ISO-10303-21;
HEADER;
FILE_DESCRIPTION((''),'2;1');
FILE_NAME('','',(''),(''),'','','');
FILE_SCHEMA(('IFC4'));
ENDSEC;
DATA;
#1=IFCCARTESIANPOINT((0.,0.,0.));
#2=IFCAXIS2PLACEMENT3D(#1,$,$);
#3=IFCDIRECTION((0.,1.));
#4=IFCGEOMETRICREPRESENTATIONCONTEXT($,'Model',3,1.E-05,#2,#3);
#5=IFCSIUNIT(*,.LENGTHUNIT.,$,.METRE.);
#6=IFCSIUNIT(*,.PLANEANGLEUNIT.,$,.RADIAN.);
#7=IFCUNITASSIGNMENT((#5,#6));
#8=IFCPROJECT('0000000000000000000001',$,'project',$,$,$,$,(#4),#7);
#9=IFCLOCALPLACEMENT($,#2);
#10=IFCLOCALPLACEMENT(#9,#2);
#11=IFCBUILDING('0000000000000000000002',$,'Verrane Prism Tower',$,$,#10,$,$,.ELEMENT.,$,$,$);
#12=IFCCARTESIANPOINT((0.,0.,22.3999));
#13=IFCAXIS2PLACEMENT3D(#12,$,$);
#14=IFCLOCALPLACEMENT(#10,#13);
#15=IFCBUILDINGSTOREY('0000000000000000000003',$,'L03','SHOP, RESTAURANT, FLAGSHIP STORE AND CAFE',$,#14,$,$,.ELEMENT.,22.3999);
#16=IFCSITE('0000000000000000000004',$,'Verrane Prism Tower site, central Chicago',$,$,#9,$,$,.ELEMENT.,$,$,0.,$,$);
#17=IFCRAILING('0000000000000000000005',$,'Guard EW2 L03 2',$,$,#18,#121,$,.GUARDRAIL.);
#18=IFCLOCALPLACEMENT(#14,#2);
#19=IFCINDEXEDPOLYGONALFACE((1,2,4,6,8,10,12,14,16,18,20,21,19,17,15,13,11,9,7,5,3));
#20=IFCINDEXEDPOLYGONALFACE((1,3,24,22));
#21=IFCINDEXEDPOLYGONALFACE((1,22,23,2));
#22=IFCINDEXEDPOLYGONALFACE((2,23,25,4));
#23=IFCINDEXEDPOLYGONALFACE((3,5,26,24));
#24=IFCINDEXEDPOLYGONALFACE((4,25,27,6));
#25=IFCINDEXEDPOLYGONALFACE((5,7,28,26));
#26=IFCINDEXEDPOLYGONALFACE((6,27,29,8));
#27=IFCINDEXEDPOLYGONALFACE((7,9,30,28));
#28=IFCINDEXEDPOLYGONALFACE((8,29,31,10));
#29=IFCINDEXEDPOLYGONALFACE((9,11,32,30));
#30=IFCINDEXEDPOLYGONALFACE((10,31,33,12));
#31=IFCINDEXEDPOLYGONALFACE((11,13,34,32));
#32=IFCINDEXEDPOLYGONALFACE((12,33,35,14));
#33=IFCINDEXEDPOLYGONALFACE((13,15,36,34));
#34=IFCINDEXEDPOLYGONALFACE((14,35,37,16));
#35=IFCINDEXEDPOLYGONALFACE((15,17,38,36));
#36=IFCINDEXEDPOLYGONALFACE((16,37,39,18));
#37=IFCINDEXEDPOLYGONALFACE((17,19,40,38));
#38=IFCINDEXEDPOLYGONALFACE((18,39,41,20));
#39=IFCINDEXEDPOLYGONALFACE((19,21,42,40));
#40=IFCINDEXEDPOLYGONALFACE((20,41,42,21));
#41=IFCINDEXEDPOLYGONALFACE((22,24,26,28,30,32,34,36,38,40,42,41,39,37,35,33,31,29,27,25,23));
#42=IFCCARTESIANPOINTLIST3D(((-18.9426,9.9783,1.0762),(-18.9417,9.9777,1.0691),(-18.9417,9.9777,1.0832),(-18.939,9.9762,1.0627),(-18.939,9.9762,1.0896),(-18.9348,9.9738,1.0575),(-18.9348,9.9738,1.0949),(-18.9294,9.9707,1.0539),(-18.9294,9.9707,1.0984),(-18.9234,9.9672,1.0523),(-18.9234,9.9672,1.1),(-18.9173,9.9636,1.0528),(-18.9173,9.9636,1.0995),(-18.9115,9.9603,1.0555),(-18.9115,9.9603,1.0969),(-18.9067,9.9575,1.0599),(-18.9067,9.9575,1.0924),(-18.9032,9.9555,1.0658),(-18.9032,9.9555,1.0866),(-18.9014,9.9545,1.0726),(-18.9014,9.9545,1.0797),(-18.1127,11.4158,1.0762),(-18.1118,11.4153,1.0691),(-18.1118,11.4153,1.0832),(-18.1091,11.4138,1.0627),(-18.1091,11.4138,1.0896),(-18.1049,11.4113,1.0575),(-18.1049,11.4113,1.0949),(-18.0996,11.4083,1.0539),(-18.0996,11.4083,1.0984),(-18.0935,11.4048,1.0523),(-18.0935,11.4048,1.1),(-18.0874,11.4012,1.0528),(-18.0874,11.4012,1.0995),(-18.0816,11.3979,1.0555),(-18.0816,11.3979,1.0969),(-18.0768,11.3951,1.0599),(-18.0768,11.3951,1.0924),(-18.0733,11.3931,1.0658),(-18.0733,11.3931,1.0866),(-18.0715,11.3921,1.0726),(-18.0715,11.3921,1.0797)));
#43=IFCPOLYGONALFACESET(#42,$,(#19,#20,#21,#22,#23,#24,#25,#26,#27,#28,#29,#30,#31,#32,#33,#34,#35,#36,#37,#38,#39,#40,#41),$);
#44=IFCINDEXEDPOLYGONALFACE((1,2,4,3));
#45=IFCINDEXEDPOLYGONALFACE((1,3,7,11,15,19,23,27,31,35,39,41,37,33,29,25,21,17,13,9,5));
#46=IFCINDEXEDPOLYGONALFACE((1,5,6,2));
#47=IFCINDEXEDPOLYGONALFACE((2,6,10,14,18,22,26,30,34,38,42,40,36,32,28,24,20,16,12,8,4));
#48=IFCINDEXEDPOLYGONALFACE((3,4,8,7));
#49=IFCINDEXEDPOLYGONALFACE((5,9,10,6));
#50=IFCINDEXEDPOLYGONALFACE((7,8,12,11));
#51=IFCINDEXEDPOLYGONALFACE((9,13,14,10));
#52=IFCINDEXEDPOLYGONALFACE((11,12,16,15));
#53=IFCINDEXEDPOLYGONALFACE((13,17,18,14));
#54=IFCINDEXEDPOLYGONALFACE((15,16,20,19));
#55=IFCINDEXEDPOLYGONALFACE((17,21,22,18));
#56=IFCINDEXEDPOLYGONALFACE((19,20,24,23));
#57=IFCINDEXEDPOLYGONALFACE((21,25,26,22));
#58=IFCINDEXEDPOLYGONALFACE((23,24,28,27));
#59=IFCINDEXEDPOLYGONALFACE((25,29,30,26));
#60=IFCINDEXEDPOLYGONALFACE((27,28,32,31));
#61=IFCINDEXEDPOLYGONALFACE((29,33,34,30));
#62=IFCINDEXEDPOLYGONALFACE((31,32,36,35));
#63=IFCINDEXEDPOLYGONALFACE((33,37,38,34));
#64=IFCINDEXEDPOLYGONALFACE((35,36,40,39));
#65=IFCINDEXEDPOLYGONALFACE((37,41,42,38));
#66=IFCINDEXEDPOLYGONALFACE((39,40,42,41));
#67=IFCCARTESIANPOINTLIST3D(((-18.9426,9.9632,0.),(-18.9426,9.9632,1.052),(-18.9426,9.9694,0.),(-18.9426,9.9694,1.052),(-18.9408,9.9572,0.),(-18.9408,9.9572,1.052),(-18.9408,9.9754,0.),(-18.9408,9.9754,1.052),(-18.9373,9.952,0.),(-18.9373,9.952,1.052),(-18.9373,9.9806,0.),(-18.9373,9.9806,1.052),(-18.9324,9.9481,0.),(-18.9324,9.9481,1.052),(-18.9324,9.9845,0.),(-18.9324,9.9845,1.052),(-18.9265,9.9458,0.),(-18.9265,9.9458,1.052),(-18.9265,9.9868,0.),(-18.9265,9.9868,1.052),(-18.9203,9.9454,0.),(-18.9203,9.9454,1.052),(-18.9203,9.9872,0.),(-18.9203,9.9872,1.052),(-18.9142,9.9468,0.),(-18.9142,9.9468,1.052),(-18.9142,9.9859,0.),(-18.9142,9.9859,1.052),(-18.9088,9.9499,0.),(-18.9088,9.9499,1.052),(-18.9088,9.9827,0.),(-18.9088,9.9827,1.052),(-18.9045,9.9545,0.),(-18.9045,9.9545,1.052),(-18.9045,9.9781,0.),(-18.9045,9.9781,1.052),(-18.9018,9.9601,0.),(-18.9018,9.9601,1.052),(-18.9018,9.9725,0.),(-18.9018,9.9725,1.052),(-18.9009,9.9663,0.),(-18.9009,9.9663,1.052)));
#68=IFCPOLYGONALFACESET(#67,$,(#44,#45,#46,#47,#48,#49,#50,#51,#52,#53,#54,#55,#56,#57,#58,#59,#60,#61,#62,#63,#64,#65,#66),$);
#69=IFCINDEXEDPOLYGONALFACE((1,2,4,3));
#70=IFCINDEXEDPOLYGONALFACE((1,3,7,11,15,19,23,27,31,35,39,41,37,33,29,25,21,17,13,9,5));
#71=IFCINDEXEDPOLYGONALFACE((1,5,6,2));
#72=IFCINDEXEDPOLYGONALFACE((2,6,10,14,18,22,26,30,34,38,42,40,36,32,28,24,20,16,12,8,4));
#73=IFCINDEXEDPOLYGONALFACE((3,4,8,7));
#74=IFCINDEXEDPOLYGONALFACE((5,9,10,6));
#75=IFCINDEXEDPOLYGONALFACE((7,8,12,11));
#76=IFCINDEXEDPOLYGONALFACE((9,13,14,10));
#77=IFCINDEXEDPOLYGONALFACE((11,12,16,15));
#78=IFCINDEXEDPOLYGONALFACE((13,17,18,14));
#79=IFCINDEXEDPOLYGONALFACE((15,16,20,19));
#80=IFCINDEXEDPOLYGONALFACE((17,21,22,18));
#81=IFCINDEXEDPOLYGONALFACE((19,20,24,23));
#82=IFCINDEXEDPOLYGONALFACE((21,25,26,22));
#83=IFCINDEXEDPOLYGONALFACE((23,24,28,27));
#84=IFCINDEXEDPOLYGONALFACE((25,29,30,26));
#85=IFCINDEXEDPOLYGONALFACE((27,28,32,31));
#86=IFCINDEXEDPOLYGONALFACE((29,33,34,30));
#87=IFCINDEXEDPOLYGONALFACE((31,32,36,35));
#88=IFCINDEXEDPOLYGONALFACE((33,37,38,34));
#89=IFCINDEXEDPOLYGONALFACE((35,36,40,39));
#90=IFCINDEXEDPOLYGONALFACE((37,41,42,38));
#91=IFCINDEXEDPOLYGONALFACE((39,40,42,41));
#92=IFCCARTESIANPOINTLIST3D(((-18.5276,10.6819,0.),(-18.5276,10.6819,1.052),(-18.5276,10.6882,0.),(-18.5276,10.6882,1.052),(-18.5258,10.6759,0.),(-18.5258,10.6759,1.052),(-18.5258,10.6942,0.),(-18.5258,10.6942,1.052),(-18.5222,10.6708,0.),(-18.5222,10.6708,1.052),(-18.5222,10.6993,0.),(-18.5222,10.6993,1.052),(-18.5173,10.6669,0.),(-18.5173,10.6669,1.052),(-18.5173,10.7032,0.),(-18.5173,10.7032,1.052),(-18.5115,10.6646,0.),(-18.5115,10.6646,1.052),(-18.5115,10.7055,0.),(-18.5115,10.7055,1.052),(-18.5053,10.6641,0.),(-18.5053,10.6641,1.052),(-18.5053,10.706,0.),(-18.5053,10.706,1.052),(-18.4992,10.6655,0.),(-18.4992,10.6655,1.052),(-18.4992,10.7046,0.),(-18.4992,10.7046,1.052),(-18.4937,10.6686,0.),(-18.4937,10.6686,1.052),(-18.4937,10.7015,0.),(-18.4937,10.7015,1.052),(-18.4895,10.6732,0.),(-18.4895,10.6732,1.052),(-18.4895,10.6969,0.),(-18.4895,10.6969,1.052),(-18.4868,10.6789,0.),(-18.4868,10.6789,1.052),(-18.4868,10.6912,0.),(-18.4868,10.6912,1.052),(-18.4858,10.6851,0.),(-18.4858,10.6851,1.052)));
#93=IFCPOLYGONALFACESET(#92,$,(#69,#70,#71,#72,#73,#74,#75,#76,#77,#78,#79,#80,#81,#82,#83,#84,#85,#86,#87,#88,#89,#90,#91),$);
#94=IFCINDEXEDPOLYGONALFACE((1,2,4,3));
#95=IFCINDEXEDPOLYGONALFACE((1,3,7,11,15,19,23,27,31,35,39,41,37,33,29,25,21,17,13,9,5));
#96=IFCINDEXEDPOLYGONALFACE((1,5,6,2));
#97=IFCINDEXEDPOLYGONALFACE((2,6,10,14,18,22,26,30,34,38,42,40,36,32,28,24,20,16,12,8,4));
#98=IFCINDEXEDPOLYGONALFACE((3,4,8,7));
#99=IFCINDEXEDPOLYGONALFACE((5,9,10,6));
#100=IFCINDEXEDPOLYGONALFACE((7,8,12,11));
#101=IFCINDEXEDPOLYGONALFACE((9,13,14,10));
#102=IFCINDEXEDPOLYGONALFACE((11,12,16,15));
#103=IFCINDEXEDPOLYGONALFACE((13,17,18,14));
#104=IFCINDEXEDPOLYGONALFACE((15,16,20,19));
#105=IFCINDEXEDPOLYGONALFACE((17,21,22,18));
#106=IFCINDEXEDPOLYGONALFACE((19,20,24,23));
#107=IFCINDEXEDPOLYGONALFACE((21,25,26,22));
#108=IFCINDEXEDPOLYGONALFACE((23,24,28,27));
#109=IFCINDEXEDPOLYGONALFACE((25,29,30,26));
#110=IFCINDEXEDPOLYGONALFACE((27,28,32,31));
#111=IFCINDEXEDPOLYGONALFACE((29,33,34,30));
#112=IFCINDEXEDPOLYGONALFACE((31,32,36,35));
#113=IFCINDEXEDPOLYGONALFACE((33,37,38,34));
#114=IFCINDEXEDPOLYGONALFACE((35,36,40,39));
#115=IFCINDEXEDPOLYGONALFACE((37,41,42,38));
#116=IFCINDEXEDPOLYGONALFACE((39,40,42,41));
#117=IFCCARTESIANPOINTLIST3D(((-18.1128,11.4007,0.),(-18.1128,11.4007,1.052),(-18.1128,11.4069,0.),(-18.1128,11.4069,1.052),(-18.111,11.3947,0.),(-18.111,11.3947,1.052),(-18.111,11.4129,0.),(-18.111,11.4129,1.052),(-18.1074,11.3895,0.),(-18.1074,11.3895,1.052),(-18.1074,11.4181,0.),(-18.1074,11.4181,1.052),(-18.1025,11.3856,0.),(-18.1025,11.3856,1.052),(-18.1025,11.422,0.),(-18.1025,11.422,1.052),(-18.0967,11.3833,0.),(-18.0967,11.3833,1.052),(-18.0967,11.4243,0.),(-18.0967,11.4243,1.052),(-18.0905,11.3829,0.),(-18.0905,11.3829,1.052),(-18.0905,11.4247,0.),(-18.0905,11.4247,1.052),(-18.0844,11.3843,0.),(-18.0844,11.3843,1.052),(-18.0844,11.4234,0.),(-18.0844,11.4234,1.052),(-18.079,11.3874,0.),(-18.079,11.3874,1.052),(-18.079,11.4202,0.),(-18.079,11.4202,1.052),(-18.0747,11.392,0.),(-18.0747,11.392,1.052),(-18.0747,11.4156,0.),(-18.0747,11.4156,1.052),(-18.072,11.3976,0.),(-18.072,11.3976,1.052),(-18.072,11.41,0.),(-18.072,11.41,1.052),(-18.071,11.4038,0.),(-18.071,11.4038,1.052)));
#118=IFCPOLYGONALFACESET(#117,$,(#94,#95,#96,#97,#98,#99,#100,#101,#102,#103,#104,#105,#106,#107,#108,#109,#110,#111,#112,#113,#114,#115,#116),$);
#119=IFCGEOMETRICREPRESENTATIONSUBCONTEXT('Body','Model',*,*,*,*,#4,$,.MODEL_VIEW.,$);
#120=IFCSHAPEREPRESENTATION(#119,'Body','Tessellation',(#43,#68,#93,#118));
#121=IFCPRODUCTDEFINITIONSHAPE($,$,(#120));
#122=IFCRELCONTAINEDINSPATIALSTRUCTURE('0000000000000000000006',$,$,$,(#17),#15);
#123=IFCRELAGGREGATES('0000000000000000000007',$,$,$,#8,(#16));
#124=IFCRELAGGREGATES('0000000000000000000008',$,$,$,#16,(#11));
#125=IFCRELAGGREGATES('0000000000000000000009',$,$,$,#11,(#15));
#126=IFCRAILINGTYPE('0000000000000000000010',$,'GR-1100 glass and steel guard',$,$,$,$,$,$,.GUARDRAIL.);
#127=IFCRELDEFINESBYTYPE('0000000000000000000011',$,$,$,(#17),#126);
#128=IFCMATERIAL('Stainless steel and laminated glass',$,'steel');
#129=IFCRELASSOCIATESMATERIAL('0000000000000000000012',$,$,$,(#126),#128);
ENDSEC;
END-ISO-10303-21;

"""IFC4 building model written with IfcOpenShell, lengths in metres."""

from ifc_helpers import new_model, si_unit, direction, frame, origin, origin_2d, place, context, subcontext, project, spatial, circle, extrude, material, type_object, element, save


model = new_model("IFC4")

# Units and contexts
model_context = context("Model", 3, precision=1e-05, world=origin(), true_north=direction((0.0, 1.0)))
body_context = subcontext(model_context, "Body", "Model", "MODEL_VIEW")
ifc_project = project(units=[si_unit("LENGTHUNIT", "METRE"), si_unit("PLANEANGLEUNIT", "RADIAN")], contexts=[model_context])

# Site, building, storey
site_placement = place(None, origin())
site = spatial("IfcSite", under=ifc_project, at=site_placement, Name="Verrane Prism Tower site, central Chicago", CompositionType="ELEMENT", RefElevation=0.0)
building_placement = place(site_placement, origin())
building = spatial("IfcBuilding", under=site, at=building_placement, Name="Verrane Prism Tower", CompositionType="ELEMENT")
storey_placement = place(building_placement, frame((0.0, 0.0, 22.3999)))
storey = spatial("IfcBuildingStorey", under=building, at=storey_placement, Name="L03", Description="SHOP, RESTAURANT, FLAGSHIP STORE AND CAFE", CompositionType="ELEMENT", Elevation=22.3999)

# Railing
ifc_material_1 = material(Name="Stainless steel and laminated glass", Category="steel")
railing_type = type_object("IfcRailingType", Name="GR-1100 glass and steel guard", PredefinedType="GUARDRAIL", material=ifc_material_1)
railing_placement = place(storey_placement, frame((-18.9219, 9.9663, 0.0)))
element("IfcRailing", 1, at=railing_placement, inside=storey, type_object=railing_type, Name="Guard EW2 L03 2", PredefinedType="GUARDRAIL", context=body_context, shape_type="SweptSolid", body=[
    extrude(circle(Radius=0.0239, at=origin_2d()), frame((0.0, 0.0, 1.0762), z_axis=(0.499952, 0.866053, 0.0), x_axis=(-0.866053, 0.499952, 0.0)), (0.0, 0.0, 1.0), 1.6599),
    extrude(circle(Radius=0.021, at=origin_2d()), origin(), (0.0, 0.0, 1.0), 1.052),
    extrude(circle(Radius=0.021, at=origin_2d()), frame((0.415, 0.7188, 0.0)), (0.0, 0.0, 1.0), 1.052),
    extrude(circle(Radius=0.021, at=origin_2d()), frame((0.8298, 1.4375, 0.0)), (0.0, 0.0, 1.0), 1.052),
])

save(model, "model.ifc")
